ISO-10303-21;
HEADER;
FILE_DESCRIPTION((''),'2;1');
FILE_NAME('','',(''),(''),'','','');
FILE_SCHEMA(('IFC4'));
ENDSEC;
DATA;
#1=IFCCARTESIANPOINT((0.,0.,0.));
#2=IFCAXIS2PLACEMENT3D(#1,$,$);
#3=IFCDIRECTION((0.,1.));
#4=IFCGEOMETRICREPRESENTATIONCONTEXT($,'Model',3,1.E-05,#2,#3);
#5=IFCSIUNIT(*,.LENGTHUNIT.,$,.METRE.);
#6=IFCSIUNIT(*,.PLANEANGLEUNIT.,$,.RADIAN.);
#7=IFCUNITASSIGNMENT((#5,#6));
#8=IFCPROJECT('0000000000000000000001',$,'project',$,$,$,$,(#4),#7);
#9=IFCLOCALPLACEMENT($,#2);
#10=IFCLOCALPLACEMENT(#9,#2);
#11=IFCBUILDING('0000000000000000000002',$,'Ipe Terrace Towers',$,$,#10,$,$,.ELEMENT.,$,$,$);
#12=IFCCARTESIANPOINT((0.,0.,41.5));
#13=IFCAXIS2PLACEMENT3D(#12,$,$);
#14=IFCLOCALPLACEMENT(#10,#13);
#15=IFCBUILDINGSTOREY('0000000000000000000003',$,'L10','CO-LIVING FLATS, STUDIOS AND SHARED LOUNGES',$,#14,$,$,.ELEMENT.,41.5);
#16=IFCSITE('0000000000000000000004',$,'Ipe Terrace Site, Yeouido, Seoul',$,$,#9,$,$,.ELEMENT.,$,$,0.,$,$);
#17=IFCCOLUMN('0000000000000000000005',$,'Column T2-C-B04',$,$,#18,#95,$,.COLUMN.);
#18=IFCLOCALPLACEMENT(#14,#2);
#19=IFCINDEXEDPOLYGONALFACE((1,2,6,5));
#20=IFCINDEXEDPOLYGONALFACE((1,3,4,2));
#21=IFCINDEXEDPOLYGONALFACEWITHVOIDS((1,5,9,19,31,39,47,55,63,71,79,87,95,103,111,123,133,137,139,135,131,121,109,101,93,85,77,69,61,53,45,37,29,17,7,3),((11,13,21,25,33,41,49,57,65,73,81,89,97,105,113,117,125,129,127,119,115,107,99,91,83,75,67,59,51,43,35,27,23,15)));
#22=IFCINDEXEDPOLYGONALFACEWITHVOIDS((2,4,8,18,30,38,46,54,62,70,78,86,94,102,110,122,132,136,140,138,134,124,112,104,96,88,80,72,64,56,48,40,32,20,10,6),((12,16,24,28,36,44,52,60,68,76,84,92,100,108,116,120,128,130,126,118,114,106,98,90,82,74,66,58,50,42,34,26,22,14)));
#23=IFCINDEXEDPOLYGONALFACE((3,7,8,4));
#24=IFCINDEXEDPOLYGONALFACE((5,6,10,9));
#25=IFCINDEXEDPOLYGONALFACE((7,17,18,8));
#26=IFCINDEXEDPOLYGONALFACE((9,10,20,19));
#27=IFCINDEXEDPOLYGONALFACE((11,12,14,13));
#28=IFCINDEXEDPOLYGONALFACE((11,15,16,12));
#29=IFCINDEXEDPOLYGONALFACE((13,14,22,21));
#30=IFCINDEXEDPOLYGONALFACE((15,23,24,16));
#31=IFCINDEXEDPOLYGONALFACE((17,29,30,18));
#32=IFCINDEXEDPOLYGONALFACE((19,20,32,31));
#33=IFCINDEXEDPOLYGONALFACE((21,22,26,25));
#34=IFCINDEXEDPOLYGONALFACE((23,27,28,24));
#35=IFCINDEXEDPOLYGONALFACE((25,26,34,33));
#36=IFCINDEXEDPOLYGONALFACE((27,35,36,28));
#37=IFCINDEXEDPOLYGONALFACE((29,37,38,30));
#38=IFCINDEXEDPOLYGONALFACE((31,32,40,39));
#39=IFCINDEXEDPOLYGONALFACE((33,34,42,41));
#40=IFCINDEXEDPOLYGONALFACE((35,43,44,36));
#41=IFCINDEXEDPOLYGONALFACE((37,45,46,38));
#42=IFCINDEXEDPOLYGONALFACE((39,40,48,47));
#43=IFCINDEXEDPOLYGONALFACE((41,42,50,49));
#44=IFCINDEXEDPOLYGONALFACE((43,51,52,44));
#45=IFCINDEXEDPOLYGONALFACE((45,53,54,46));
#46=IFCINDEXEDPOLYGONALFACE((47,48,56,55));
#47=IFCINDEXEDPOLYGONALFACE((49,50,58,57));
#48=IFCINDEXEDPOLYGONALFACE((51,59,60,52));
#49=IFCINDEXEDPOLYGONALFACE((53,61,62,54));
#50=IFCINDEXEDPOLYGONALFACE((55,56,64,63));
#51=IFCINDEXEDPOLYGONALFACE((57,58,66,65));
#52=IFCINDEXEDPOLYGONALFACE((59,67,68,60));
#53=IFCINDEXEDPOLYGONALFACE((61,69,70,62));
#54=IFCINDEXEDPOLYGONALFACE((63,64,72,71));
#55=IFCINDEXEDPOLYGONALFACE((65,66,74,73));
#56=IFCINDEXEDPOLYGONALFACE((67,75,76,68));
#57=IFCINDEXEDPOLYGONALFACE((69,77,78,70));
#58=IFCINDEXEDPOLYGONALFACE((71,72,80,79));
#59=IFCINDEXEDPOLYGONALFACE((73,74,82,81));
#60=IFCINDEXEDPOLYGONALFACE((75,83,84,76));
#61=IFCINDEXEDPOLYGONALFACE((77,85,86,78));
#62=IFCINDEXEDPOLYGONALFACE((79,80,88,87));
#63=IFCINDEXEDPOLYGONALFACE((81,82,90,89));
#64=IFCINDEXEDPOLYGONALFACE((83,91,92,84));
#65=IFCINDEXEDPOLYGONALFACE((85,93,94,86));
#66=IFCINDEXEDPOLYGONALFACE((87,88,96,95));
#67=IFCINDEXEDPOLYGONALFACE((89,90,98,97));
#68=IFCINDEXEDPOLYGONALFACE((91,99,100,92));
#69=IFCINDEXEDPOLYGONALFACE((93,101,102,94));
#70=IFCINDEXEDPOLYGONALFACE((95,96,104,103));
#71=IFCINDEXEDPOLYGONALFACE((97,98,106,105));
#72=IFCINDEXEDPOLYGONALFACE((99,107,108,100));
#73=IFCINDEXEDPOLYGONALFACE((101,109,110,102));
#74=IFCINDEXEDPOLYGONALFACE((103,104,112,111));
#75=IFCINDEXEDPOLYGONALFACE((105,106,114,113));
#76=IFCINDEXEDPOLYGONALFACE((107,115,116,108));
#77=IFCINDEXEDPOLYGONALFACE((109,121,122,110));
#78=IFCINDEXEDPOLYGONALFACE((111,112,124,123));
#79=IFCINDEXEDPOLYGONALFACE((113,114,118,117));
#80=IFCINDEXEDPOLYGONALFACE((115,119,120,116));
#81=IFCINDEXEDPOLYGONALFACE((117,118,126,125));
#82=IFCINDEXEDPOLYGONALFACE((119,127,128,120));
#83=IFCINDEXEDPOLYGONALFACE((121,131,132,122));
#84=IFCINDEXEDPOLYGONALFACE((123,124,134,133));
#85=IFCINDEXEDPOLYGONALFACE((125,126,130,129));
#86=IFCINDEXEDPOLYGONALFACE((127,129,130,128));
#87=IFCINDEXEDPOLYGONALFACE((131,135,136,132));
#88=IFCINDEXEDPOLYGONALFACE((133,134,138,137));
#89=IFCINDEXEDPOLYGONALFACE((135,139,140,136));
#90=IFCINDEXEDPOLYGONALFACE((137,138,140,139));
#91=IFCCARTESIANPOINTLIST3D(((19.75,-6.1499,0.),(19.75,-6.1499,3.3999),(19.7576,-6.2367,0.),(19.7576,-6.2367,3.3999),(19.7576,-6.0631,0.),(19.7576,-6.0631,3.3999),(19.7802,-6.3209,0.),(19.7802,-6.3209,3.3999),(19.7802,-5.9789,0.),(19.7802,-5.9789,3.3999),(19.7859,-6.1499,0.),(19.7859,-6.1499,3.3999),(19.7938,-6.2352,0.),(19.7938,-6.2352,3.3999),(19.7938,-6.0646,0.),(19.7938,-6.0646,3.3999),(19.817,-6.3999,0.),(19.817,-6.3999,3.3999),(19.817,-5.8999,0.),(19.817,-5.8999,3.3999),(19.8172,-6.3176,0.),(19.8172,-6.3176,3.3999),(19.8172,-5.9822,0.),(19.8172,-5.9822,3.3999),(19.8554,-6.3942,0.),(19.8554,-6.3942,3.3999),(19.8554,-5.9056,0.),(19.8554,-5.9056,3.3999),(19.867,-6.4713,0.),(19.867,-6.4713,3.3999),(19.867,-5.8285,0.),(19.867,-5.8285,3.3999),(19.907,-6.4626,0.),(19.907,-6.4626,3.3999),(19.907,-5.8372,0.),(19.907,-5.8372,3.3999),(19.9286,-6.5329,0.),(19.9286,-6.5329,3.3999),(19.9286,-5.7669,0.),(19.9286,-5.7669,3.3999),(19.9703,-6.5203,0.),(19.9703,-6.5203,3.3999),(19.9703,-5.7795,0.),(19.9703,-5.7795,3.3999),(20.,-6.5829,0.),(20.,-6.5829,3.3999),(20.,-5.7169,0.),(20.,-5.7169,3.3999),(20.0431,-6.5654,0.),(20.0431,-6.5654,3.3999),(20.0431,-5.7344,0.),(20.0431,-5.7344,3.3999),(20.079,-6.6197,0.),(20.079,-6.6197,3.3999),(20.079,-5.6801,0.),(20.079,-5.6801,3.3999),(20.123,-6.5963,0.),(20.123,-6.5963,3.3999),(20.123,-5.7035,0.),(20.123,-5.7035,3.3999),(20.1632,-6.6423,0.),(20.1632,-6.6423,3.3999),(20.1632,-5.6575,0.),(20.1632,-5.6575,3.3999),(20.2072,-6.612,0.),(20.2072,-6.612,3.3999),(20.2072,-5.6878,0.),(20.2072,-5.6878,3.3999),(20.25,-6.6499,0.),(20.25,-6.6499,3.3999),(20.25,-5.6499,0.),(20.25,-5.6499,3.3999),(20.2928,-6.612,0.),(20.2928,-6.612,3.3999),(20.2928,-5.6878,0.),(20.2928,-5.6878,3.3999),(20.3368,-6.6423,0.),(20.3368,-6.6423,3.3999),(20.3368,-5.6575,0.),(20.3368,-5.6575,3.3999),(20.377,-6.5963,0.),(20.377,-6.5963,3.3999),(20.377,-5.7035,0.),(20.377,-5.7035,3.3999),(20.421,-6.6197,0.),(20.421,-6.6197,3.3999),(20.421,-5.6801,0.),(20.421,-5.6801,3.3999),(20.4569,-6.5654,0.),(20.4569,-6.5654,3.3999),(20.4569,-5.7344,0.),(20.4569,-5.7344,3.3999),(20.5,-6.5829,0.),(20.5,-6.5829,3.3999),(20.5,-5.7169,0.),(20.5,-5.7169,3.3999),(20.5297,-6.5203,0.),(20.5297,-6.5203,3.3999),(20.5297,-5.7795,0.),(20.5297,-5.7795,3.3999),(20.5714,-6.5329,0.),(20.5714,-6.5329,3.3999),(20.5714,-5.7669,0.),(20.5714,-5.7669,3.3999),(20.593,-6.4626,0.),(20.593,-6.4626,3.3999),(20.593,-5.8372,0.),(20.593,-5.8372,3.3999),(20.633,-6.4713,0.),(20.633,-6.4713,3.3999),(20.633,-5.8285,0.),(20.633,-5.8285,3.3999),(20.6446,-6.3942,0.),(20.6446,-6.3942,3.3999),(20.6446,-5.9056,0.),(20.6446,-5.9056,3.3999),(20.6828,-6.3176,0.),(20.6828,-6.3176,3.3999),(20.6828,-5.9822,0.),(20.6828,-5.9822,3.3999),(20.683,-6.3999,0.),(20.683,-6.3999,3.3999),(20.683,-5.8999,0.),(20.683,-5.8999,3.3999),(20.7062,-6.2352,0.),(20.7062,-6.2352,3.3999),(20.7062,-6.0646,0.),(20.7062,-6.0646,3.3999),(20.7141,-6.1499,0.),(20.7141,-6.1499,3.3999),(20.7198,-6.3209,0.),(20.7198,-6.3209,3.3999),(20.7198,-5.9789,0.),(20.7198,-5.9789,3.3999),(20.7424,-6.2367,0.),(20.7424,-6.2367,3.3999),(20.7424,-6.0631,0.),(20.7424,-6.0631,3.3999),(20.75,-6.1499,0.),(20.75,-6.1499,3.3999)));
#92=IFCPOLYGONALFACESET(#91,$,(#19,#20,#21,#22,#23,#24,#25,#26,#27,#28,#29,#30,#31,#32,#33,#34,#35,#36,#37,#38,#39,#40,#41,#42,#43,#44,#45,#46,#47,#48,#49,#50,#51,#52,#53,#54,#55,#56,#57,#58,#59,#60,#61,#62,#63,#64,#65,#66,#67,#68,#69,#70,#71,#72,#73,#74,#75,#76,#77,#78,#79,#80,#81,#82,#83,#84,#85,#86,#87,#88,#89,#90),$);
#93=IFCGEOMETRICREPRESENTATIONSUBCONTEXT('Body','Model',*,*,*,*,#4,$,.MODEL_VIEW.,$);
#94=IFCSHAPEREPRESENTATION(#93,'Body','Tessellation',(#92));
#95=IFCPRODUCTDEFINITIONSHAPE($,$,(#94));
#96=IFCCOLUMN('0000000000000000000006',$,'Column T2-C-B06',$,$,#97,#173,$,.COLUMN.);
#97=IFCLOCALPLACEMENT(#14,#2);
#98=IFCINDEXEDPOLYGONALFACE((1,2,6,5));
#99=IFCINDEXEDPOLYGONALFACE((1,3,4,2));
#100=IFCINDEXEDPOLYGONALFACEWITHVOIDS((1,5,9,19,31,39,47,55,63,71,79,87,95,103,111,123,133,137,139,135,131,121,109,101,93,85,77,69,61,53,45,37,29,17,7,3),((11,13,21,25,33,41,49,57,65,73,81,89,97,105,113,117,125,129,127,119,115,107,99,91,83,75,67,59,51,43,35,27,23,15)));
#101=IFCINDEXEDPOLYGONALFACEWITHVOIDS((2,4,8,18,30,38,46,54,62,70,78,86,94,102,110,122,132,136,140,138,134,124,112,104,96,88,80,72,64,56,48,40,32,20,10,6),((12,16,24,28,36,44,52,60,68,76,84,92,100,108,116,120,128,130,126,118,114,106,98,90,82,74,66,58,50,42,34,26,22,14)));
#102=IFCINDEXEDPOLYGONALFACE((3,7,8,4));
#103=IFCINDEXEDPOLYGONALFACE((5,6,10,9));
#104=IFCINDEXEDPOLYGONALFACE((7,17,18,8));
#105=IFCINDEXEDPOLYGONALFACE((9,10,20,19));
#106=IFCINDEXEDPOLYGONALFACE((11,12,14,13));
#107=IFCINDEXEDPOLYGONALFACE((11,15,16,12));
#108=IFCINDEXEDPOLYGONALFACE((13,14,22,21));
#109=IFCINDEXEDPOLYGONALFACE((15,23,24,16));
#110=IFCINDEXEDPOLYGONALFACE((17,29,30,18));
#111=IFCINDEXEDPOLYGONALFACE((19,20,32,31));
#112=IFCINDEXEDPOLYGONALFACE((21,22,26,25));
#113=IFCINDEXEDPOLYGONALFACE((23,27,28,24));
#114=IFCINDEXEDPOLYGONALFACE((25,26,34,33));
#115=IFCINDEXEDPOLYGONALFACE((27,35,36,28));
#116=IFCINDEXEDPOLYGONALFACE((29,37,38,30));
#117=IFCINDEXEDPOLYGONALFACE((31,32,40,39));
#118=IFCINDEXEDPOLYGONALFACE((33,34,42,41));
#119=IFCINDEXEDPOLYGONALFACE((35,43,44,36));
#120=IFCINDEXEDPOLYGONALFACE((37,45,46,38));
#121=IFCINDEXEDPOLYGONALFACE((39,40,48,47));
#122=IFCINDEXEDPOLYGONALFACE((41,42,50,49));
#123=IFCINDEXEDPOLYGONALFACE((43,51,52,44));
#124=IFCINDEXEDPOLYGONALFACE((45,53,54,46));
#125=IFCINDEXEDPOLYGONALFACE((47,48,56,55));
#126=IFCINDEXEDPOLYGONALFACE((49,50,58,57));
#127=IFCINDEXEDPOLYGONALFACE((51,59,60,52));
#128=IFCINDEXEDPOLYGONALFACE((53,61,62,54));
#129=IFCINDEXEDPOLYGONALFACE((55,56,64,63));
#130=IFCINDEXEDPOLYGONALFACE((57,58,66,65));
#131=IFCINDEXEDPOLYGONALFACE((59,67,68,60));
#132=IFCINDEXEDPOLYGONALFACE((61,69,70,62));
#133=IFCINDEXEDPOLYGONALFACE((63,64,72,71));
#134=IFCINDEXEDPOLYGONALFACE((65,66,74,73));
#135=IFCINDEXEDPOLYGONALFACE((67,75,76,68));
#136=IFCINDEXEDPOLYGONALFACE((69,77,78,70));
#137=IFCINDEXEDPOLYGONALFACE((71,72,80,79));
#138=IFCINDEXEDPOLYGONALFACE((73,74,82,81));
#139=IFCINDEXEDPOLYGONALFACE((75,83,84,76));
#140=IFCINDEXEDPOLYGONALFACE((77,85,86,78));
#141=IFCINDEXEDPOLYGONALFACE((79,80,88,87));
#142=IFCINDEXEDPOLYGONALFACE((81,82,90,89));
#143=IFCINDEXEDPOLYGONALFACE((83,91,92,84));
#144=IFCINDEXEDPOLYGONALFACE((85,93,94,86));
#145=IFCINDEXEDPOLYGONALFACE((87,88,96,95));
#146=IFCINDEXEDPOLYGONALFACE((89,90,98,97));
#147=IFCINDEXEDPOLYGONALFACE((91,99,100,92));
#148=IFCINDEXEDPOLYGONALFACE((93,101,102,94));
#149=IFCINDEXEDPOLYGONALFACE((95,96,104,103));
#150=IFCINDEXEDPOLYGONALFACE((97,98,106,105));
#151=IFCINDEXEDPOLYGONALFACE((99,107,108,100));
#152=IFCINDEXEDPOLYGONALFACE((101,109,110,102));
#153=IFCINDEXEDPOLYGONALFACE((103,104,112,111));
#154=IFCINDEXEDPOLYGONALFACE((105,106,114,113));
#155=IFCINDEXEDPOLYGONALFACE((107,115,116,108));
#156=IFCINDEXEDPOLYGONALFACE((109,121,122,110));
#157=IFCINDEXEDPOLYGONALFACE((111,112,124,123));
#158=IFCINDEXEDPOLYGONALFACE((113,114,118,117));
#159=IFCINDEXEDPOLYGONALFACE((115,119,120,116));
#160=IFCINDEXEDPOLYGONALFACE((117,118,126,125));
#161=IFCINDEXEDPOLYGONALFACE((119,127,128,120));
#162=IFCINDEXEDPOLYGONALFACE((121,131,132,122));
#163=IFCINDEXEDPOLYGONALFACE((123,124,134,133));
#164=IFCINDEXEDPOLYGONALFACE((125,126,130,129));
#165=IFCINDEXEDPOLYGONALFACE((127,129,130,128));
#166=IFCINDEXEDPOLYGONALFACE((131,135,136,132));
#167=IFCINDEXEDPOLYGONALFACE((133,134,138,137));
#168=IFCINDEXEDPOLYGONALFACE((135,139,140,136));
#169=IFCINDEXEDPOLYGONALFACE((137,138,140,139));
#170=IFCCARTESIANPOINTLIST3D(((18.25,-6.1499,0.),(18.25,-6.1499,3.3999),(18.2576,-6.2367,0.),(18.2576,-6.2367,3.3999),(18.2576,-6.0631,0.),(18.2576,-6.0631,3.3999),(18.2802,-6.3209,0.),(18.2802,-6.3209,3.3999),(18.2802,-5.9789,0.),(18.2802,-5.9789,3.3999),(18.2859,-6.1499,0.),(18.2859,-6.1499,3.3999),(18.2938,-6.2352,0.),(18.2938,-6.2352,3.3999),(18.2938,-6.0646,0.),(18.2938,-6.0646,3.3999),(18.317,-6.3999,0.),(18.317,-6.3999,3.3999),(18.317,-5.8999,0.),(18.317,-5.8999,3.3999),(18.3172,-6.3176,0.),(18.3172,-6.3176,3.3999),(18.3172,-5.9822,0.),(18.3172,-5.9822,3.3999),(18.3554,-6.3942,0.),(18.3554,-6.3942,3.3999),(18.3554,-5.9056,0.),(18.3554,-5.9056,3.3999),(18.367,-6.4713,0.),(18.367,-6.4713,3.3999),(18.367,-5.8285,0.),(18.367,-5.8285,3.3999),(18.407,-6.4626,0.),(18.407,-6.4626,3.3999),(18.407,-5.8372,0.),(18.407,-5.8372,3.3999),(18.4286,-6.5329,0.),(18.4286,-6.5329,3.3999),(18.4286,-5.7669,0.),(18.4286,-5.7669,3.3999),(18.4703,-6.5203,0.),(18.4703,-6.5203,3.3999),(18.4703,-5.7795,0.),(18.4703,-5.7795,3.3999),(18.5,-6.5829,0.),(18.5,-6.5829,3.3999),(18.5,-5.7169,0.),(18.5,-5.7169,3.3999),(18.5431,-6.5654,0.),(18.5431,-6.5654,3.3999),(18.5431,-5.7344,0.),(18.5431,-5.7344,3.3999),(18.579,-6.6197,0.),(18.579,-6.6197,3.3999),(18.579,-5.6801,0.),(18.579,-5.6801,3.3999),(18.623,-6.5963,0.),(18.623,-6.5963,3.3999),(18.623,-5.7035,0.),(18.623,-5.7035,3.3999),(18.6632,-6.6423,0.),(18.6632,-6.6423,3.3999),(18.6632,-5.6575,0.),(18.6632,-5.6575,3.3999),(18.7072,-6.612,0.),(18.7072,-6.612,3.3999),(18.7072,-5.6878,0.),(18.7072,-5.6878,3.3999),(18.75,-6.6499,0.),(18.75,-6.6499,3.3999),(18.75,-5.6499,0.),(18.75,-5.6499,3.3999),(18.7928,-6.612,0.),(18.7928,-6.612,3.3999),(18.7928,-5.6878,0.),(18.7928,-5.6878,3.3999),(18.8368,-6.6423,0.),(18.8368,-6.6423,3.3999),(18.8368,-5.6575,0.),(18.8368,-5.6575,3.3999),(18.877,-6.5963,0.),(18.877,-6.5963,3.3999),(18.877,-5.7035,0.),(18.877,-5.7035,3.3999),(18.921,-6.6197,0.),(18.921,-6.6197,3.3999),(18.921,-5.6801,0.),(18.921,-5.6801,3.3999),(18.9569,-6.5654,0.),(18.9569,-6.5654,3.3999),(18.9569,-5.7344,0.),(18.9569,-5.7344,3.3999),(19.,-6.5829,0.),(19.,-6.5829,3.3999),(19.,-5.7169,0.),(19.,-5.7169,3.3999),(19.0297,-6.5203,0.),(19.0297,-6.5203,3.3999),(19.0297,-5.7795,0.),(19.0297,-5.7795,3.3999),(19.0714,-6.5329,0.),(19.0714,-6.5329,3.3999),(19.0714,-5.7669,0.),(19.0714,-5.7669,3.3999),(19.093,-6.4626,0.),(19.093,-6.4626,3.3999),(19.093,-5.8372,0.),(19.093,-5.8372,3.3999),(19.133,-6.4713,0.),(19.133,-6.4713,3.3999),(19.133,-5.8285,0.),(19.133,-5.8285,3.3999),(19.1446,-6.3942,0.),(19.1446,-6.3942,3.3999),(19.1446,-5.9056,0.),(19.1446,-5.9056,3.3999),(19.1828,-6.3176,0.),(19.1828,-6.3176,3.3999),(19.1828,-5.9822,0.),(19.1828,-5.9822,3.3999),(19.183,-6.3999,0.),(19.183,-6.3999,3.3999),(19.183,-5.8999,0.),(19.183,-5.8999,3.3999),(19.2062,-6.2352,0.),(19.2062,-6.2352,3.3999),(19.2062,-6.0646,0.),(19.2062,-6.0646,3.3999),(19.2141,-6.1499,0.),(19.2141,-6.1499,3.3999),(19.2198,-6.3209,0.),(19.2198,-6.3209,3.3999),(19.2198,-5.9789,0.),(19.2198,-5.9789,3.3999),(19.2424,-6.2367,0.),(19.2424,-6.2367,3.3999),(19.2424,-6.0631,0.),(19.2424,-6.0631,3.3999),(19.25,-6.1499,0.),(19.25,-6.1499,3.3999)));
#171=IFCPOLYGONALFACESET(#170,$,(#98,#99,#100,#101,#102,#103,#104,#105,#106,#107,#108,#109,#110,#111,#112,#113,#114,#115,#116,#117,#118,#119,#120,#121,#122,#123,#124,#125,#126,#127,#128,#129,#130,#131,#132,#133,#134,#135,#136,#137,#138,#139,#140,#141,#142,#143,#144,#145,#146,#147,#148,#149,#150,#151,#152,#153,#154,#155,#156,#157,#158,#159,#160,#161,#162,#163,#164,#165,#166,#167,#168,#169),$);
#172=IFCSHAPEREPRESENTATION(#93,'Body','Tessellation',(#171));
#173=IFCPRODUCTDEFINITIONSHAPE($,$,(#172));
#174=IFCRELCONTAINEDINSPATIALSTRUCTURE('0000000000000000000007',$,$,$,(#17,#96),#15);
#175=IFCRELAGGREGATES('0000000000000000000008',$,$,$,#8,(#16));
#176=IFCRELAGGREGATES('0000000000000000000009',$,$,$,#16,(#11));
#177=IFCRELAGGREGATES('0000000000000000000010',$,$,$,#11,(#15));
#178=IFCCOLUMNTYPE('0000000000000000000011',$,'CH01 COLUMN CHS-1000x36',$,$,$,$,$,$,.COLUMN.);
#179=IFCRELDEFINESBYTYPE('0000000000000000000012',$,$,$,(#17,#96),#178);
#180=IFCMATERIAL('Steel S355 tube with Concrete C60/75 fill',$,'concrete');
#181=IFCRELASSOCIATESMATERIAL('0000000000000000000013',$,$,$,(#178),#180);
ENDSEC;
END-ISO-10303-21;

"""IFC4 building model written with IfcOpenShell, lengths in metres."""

from ifc_helpers import new_model, si_unit, direction, frame, origin, origin_2d, place, context, subcontext, project, spatial, hollow_circle, extrude, material, material_profile, profile_set, type_object, element, save


model = new_model("IFC4")

# Units and contexts
model_context = context("Model", 3, precision=1e-05, world=origin(), true_north=direction((0.0, 1.0)))
body_context = subcontext(model_context, "Body", "Model", "MODEL_VIEW")
ifc_project = project(units=[si_unit("LENGTHUNIT", "METRE"), si_unit("PLANEANGLEUNIT", "RADIAN")], contexts=[model_context])

# Site, building, storey
site_placement = place(None, origin())
site = spatial("IfcSite", under=ifc_project, at=site_placement, Name="Ipe Terrace Site, Yeouido, Seoul", CompositionType="ELEMENT", RefElevation=0.0)
building_placement = place(site_placement, origin())
building = spatial("IfcBuilding", under=site, at=building_placement, Name="Ipe Terrace Towers", CompositionType="ELEMENT")
storey_placement = place(building_placement, frame((0.0, 0.0, 41.5)))
storey = spatial("IfcBuildingStorey", under=building, at=storey_placement, Name="L10", Description="CO-LIVING FLATS, STUDIOS AND SHARED LOUNGES", CompositionType="ELEMENT", Elevation=41.5)

# Columns
ifc_material_1 = material(Name="Steel S355 tube with Concrete C60/75 fill", Category="concrete")
ifc_material_profile_1 = material_profile(ifc_material_1, hollow_circle(Radius=0.5, WallThickness=0.0359, at=origin_2d()), Name="CHS-1000x36")
ifc_profile_set_1 = profile_set([ifc_material_profile_1], Name="Steel S355 tube with Concrete C60/75 fill")
column_type = type_object("IfcColumnType", Name="CH01 COLUMN CHS-1000x36", PredefinedType="COLUMN", material=ifc_profile_set_1)
for number, where, z_axis, x_axis, name in (
    (1, (20.25, -6.1499, 0.0), (0.0, 0.0, 1.0), (1.0, 0.0, 0.0), "Column T2-C-B04"),
    (2, (18.75, -6.1499, 0.0), (0.0, 0.0, 1.0), (1.0, 0.0, 0.0), "Column T2-C-B06"),
):
    element("IfcColumn", number, at=place(storey_placement, frame(where, z_axis=z_axis, x_axis=x_axis)), inside=storey, type_object=column_type, Name=name, PredefinedType="COLUMN", context=body_context, shape_type="SweptSolid", body=[
        extrude(hollow_circle(Radius=0.5, WallThickness=0.0359, at=origin_2d()), origin(), (0.0, 0.0, 1.0), 3.3999),
    ])

save(model, "model.ifc")
